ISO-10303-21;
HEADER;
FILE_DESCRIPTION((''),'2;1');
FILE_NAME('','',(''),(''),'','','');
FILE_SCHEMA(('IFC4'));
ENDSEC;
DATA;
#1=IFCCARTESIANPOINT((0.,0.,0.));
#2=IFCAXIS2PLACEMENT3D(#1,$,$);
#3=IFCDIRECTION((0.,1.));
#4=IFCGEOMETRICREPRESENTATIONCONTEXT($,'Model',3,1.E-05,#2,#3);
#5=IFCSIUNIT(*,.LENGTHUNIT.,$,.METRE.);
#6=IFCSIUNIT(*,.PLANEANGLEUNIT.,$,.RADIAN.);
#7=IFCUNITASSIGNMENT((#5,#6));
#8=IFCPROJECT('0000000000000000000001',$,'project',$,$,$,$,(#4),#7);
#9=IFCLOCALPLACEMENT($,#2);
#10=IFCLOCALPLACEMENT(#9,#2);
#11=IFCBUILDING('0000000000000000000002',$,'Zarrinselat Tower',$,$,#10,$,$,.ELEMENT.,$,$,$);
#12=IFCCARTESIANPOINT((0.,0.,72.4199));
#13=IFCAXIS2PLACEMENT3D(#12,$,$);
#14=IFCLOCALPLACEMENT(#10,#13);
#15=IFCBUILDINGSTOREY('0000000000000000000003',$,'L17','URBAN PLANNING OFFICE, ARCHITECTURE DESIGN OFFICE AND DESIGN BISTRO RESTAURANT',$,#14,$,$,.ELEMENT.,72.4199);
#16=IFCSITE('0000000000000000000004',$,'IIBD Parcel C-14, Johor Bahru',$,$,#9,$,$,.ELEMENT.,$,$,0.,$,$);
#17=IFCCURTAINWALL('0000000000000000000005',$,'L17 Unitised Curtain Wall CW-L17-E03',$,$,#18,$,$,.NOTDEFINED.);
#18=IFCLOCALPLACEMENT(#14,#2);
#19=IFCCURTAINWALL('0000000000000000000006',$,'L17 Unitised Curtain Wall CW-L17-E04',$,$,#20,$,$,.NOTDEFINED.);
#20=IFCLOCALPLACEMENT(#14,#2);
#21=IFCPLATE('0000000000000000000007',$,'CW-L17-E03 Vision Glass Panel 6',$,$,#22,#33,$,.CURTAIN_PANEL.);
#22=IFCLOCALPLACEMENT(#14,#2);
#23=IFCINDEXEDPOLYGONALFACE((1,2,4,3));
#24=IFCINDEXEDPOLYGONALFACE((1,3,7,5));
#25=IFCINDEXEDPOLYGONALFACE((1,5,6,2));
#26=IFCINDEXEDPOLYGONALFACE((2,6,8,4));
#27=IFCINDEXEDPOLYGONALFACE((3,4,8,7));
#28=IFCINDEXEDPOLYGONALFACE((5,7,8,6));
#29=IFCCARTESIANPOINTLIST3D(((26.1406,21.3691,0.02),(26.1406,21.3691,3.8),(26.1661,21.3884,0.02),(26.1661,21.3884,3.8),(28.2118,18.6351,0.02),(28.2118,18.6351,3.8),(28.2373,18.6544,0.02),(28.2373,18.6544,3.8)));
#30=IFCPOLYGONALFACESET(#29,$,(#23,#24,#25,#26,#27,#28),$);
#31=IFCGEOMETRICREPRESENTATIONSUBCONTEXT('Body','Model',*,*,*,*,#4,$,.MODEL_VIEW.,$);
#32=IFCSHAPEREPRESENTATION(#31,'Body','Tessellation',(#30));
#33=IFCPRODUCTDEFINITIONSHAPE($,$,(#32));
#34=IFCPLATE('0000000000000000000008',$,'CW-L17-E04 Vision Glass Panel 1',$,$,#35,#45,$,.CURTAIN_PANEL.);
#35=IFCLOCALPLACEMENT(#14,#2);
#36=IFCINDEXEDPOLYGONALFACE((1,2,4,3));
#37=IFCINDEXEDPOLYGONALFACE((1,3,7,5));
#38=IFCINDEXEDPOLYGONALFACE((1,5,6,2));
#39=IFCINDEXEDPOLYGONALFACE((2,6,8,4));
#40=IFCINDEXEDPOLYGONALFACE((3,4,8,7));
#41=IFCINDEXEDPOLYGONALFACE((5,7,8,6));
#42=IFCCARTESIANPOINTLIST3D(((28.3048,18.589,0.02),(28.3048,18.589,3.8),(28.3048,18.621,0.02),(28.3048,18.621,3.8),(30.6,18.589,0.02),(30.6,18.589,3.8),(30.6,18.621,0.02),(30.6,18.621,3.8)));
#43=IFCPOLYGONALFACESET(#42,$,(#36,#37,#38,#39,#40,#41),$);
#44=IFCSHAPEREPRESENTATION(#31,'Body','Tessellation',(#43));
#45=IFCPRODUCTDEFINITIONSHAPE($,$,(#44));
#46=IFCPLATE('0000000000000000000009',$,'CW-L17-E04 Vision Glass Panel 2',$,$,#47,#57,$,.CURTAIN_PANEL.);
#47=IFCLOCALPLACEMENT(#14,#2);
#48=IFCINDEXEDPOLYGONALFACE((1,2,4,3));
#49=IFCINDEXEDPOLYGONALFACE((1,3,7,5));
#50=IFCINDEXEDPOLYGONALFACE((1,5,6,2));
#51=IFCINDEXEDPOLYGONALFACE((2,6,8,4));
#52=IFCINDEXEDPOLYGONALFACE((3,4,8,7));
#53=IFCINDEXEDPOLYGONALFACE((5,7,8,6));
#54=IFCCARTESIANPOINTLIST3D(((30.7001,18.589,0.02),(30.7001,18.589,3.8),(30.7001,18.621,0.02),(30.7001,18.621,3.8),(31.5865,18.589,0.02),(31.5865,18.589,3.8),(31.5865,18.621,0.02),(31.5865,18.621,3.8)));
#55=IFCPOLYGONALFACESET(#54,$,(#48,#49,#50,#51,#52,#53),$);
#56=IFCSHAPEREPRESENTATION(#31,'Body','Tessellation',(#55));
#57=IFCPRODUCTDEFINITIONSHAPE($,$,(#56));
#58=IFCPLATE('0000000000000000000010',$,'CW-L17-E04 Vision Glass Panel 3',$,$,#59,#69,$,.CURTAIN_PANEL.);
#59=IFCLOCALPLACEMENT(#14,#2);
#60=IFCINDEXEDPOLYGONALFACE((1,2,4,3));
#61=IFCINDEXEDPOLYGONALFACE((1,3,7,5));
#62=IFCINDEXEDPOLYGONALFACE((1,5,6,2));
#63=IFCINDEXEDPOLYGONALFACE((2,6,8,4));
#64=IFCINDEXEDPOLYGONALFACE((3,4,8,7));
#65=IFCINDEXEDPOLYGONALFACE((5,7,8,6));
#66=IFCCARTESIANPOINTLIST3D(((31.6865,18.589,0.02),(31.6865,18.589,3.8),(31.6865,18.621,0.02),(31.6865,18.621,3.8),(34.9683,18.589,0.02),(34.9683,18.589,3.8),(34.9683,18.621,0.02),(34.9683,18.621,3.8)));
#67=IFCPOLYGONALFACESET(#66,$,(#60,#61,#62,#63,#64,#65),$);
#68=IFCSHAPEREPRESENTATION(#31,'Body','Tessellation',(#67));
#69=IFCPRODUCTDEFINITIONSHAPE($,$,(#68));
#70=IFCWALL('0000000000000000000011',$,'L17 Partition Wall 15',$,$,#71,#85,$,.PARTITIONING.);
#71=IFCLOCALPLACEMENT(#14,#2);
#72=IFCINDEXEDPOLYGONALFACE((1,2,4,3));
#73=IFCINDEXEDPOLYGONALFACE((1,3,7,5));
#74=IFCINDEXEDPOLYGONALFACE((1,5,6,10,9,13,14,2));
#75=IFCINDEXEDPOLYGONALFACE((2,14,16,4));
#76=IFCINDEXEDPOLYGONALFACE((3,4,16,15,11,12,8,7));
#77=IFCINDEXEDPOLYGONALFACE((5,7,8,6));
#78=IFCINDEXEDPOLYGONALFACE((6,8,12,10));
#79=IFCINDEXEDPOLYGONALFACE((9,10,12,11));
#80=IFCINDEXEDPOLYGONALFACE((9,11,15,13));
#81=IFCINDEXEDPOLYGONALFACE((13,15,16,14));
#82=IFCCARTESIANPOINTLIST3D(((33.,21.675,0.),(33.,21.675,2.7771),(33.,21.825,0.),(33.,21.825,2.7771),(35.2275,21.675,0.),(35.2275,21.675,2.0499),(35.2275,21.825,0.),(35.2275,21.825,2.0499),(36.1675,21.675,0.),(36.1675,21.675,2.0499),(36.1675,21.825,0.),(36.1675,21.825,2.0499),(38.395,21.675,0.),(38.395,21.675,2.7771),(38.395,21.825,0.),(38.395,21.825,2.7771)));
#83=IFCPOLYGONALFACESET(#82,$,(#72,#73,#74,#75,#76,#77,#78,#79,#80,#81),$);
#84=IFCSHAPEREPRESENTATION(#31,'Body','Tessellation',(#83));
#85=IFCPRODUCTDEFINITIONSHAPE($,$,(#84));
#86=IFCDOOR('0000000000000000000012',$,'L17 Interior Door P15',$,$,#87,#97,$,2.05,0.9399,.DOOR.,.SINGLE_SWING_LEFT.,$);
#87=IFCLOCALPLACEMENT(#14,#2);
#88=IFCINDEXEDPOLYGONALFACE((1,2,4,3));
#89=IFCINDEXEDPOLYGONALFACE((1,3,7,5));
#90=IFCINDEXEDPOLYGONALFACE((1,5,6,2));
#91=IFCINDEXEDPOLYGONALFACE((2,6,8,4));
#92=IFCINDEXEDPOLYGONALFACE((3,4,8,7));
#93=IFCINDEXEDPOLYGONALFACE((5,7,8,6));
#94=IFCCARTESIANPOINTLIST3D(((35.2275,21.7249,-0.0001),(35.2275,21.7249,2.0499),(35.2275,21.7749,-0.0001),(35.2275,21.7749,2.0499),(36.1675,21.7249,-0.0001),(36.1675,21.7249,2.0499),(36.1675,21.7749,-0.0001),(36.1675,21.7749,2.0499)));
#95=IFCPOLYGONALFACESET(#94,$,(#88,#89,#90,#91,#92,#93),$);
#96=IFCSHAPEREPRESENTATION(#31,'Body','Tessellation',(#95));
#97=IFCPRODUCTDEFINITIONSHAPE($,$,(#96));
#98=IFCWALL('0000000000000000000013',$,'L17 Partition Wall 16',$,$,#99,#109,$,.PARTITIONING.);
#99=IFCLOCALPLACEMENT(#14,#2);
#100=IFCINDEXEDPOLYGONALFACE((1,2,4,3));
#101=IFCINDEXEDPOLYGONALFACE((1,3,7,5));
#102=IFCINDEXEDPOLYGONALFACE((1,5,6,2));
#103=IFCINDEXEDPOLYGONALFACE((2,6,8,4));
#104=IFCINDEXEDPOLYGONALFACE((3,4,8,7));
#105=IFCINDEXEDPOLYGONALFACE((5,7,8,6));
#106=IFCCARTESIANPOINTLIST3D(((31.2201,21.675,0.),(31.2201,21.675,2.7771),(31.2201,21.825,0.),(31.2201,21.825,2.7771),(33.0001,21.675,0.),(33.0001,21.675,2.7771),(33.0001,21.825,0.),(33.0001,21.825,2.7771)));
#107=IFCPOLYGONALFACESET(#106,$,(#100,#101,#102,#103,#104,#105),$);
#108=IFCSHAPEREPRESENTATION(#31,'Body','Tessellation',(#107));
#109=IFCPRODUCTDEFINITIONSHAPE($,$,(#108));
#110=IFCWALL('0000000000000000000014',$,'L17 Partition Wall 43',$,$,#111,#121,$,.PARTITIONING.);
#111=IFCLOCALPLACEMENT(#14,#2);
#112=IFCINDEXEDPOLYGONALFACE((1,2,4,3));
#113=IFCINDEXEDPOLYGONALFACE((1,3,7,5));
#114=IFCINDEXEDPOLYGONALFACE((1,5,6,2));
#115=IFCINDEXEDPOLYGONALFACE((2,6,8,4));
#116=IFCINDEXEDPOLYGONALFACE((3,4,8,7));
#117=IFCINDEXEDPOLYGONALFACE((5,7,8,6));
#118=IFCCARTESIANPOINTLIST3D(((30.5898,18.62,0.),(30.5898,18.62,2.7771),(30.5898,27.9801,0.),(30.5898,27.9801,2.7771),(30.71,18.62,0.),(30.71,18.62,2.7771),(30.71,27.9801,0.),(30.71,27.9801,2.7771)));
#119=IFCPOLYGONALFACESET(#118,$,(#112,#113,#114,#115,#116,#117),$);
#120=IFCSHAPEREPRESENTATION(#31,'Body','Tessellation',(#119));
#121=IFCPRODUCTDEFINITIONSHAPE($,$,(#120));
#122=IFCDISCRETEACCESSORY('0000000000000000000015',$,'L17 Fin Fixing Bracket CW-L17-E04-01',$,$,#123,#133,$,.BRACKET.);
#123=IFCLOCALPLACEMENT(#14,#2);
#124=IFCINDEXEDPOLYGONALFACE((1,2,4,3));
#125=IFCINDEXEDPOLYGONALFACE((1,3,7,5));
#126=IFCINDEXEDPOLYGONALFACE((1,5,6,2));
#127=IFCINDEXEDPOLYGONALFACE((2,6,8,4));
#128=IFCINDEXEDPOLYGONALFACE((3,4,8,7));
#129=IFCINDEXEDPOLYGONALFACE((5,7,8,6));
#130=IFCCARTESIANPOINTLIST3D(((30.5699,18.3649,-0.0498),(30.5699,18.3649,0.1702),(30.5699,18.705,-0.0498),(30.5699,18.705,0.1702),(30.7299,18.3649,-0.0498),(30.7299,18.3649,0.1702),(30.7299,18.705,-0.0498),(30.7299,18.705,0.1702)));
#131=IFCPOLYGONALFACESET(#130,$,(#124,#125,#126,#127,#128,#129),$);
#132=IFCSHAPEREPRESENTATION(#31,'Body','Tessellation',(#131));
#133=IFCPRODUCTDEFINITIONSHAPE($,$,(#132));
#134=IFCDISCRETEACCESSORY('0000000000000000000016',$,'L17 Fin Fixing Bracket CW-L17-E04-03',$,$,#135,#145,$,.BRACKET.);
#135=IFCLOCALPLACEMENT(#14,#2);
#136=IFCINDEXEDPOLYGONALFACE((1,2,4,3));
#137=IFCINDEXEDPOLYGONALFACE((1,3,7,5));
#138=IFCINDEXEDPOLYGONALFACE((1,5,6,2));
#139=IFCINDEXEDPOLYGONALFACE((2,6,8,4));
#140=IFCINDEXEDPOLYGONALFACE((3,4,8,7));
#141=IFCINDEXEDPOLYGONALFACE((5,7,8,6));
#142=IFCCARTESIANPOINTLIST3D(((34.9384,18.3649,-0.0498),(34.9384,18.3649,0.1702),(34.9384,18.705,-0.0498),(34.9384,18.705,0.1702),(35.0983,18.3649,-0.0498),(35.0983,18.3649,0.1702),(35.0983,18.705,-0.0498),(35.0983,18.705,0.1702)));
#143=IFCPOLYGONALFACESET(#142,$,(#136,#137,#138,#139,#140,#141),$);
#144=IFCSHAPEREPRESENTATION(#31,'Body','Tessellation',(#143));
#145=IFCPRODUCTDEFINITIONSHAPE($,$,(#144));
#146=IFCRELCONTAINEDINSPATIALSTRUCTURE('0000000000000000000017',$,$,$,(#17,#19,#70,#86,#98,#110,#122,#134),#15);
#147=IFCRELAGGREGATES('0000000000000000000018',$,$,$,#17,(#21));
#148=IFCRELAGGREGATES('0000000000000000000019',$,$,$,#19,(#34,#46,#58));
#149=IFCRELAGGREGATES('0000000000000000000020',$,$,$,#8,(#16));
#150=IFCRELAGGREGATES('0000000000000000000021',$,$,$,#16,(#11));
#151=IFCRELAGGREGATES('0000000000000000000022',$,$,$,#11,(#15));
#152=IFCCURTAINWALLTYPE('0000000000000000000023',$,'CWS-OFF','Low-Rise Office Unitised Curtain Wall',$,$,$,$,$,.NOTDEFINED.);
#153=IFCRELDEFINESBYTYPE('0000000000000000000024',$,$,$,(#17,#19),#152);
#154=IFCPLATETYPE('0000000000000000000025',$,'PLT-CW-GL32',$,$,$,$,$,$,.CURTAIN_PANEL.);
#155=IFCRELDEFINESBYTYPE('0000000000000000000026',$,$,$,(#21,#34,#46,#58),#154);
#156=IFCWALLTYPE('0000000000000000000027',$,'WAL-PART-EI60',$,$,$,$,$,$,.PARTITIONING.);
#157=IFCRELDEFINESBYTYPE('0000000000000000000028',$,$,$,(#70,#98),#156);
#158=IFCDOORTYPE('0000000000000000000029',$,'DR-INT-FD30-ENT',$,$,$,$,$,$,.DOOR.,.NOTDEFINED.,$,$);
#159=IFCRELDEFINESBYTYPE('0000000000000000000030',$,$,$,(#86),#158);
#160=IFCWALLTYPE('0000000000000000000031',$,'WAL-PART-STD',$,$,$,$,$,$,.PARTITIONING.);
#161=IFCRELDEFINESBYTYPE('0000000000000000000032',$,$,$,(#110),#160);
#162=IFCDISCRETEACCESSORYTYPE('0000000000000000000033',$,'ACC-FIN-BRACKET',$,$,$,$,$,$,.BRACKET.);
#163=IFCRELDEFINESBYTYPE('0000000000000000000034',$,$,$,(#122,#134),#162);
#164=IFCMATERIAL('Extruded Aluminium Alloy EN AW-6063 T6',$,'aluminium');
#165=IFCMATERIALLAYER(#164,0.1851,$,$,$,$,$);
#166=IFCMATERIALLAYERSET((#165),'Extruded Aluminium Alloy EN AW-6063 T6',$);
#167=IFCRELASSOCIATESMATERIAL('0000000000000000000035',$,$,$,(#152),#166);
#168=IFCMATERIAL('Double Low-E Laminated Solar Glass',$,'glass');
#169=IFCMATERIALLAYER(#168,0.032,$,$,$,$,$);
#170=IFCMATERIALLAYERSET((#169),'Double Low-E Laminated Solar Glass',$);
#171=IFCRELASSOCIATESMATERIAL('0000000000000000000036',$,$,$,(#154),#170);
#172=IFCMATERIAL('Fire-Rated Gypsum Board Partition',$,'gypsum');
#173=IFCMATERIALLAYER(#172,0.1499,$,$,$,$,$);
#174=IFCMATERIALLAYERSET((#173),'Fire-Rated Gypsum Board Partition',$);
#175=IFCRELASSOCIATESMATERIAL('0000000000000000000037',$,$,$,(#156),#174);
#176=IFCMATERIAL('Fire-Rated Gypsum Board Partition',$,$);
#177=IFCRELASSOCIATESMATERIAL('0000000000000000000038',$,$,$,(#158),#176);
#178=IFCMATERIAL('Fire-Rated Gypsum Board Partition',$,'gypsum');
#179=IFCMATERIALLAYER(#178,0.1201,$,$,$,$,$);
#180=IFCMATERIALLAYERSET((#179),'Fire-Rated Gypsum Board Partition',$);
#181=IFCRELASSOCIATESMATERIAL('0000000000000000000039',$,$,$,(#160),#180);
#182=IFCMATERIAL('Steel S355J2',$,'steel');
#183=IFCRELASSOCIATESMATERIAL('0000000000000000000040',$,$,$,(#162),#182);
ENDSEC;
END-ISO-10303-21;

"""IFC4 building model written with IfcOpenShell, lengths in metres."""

from ifc_helpers import new_model, si_unit, direction, frame, frame_2d, origin, origin_2d, place, context, subcontext, project, spatial, rectangle, extrude, material, layer, layer_set, type_object, element, fill, aggregate, save


model = new_model("IFC4")

# Units and contexts
model_context = context("Model", 3, precision=1e-05, world=origin(), true_north=direction((0.0, 1.0)))
body_context = subcontext(model_context, "Body", "Model", "MODEL_VIEW")
ifc_project = project(units=[si_unit("LENGTHUNIT", "METRE"), si_unit("PLANEANGLEUNIT", "RADIAN")], contexts=[model_context])

# Site, building, storey
site_placement = place(None, origin())
site = spatial("IfcSite", under=ifc_project, at=site_placement, Name="IIBD Parcel C-14, Johor Bahru", CompositionType="ELEMENT", RefElevation=0.0)
building_placement = place(site_placement, origin())
building = spatial("IfcBuilding", under=site, at=building_placement, Name="Zarrinselat Tower", CompositionType="ELEMENT")
storey_placement = place(building_placement, frame((0.0, 0.0, 72.4199)))
storey = spatial("IfcBuildingStorey", under=building, at=storey_placement, Name="L17", Description="URBAN PLANNING OFFICE, ARCHITECTURE DESIGN OFFICE AND DESIGN BISTRO RESTAURANT", CompositionType="ELEMENT", Elevation=72.4199)

# Curtain wall
ifc_material_1 = material(Name="Extruded Aluminium Alloy EN AW-6063 T6", Category="aluminium")
ifc_layer_1 = layer(ifc_material_1, 0.1851)
ifc_layer_set_1 = layer_set([ifc_layer_1], Name="Extruded Aluminium Alloy EN AW-6063 T6")
curtain_wall_type = type_object("IfcCurtainWallType", Name="CWS-OFF", Description="Low-Rise Office Unitised Curtain Wall", PredefinedType="NOTDEFINED", material=ifc_layer_set_1)
curtain_wall_1_placement = place(storey_placement, origin())
curtain_wall_1 = element("IfcCurtainWall", 1, at=curtain_wall_1_placement, inside=storey, type_object=curtain_wall_type, Name="L17 Unitised Curtain Wall CW-L17-E03", PredefinedType="NOTDEFINED")

# Curtain wall
curtain_wall_2_placement = place(storey_placement, origin())
curtain_wall_2 = element("IfcCurtainWall", 2, at=curtain_wall_2_placement, inside=storey, type_object=curtain_wall_type, Name="L17 Unitised Curtain Wall CW-L17-E04", PredefinedType="NOTDEFINED")

# Plates
ifc_material_2 = material(Name="Double Low-E Laminated Solar Glass", Category="glass")
ifc_layer_2 = layer(ifc_material_2, 0.032)
ifc_layer_set_2 = layer_set([ifc_layer_2], Name="Double Low-E Laminated Solar Glass")
plate_type = type_object("IfcPlateType", Name="PLT-CW-GL32", PredefinedType="CURTAIN_PANEL", material=ifc_layer_set_2)
plate_1_placement = place(storey_placement, frame((27.189, 20.0117, 0.02), z_axis=(0.0, 0.0, 1.0), x_axis=(0.603855, -0.797094, 0.0)))
plate_1 = element("IfcPlate", 3, at=plate_1_placement, type_object=plate_type, Name="CW-L17-E03 Vision Glass Panel 6", PredefinedType="CURTAIN_PANEL", context=body_context, shape_type="SweptSolid", body=[
    extrude(rectangle(XDim=3.4299, YDim=0.032, at=origin_2d()), origin(), (0.0, 0.0, 1.0), 3.78),
])
aggregate(curtain_wall_1, [plate_1])
plate_2_placement = place(storey_placement, frame((29.4524, 18.605, 0.02), z_axis=(0.0, 0.0, 1.0), x_axis=(1.0, 0.0, 0.0)))
plate_2 = element("IfcPlate", 4, at=plate_2_placement, type_object=plate_type, Name="CW-L17-E04 Vision Glass Panel 1", PredefinedType="CURTAIN_PANEL", context=body_context, shape_type="SweptSolid", body=[
    extrude(rectangle(XDim=2.2952, YDim=0.032, at=origin_2d()), origin(), (0.0, 0.0, 1.0), 3.78),
])
plate_3_placement = place(storey_placement, frame((31.1433, 18.605, 0.02), z_axis=(0.0, 0.0, 1.0), x_axis=(1.0, 0.0, 0.0)))
plate_3 = element("IfcPlate", 5, at=plate_3_placement, type_object=plate_type, Name="CW-L17-E04 Vision Glass Panel 2", PredefinedType="CURTAIN_PANEL", context=body_context, shape_type="SweptSolid", body=[
    extrude(rectangle(XDim=0.8865, YDim=0.032, at=origin_2d()), origin(), (0.0, 0.0, 1.0), 3.78),
])
plate_4_placement = place(storey_placement, frame((33.3274, 18.605, 0.02), z_axis=(0.0, 0.0, 1.0), x_axis=(1.0, 0.0, 0.0)))
plate_4 = element("IfcPlate", 6, at=plate_4_placement, type_object=plate_type, Name="CW-L17-E04 Vision Glass Panel 3", PredefinedType="CURTAIN_PANEL", context=body_context, shape_type="SweptSolid", body=[
    extrude(rectangle(XDim=3.2817, YDim=0.032, at=origin_2d()), origin(), (0.0, 0.0, 1.0), 3.78),
])
aggregate(curtain_wall_2, [plate_2, plate_3, plate_4])

# Wall, opening, door
ifc_material_3 = material(Name="Fire-Rated Gypsum Board Partition", Category="gypsum")
ifc_layer_3 = layer(ifc_material_3, 0.1499)
ifc_layer_set_3 = layer_set([ifc_layer_3], Name="Fire-Rated Gypsum Board Partition")
wall_type_1 = type_object("IfcWallType", Name="WAL-PART-EI60", PredefinedType="PARTITIONING", material=ifc_layer_set_3)
wall_1_placement = place(storey_placement, frame((33.0, 21.75, 0.0), z_axis=(0.0, 0.0, 1.0), x_axis=(1.0, 0.0, 0.0)))
wall_1 = element("IfcWall", 7, at=wall_1_placement, inside=storey, type_object=wall_type_1, Name="L17 Partition Wall 15", PredefinedType="PARTITIONING", context=body_context, shape_type="SweptSolid", body=[
    extrude(rectangle(XDim=5.395, YDim=0.1499, at=frame_2d((2.6975, 0.0))), origin(), (0.0, 0.0, 1.0), 2.7771),
])
opening_placement = place(wall_1_placement, frame((2.2275, 0.0, 0.0)))
opening = element("IfcOpeningElement", 8, at=opening_placement, cuts=wall_1, PredefinedType="OPENING", context=body_context, shape_type="SweptSolid", body=[
    extrude(rectangle(XDim=0.9399, YDim=2.05, at=frame_2d((0.47, 1.0249))), frame((0.0, 0.085, 0.0), z_axis=(0.0, -1.0, 0.0), x_axis=(1.0, 0.0, 0.0)), (0.0, 0.0, 1.0), 0.1699),
])
ifc_material_4 = material(Name="Fire-Rated Gypsum Board Partition")
door_type = type_object("IfcDoorType", Name="DR-INT-FD30-ENT", OperationType="NOTDEFINED", PredefinedType="DOOR", material=ifc_material_4)
door_placement = place(opening_placement, origin())
door = element("IfcDoor", 9, at=door_placement, inside=storey, type_object=door_type, Name="L17 Interior Door P15", OperationType="SINGLE_SWING_LEFT", OverallHeight=2.05, OverallWidth=0.9399, PredefinedType="DOOR", context=body_context, shape_type="SweptSolid", body=[
    extrude(rectangle(XDim=0.9399, YDim=2.05, at=frame_2d((0.47, 1.0249))), frame((0.0, 0.0249, 0.0), z_axis=(0.0, -1.0, 0.0), x_axis=(1.0, 0.0, 0.0)), (0.0, 0.0, 1.0), 0.05),
])
fill(opening, door)

# Walls
wall_2_placement = place(storey_placement, frame((31.22, 21.75, 0.0), z_axis=(0.0, 0.0, 1.0), x_axis=(1.0, 0.0, 0.0)))
element("IfcWall", 10, at=wall_2_placement, inside=storey, type_object=wall_type_1, Name="L17 Partition Wall 16", PredefinedType="PARTITIONING", context=body_context, shape_type="SweptSolid", body=[
    extrude(rectangle(XDim=1.78, YDim=0.1499, at=frame_2d((0.8901, 0.0))), origin(), (0.0, 0.0, 1.0), 2.7771),
])
ifc_material_5 = material(Name="Fire-Rated Gypsum Board Partition", Category="gypsum")
ifc_layer_4 = layer(ifc_material_5, 0.1201)
ifc_layer_set_4 = layer_set([ifc_layer_4], Name="Fire-Rated Gypsum Board Partition")
wall_type_2 = type_object("IfcWallType", Name="WAL-PART-STD", PredefinedType="PARTITIONING", material=ifc_layer_set_4)
wall_3_placement = place(storey_placement, frame((30.6499, 18.6199, 0.0), z_axis=(0.0, 0.0, 1.0), x_axis=(0.0, 1.0, 0.0)))
element("IfcWall", 11, at=wall_3_placement, inside=storey, type_object=wall_type_2, Name="L17 Partition Wall 43", PredefinedType="PARTITIONING", context=body_context, shape_type="SweptSolid", body=[
    extrude(rectangle(XDim=9.3601, YDim=0.1201, at=frame_2d((4.6802, 0.0))), origin(), (0.0, 0.0, 1.0), 2.7771),
])

# Discrete accessories
ifc_material_6 = material(Name="Steel S355J2", Category="steel")
discrete_accessory_type = type_object("IfcDiscreteAccessoryType", Name="ACC-FIN-BRACKET", PredefinedType="BRACKET", material=ifc_material_6)
for number, where, z_axis, x_axis, name in (
    (12, (30.6499, 18.5349, -0.0498), (0.0, 0.0, 1.0), (0.0, -1.0, 0.0), "L17 Fin Fixing Bracket CW-L17-E04-01"),
    (13, (35.0183, 18.5349, -0.0498), (0.0, 0.0, 1.0), (0.0, -1.0, 0.0), "L17 Fin Fixing Bracket CW-L17-E04-03"),
):
    element("IfcDiscreteAccessory", number, at=place(storey_placement, frame(where, z_axis=z_axis, x_axis=x_axis)), inside=storey, type_object=discrete_accessory_type, Name=name, PredefinedType="BRACKET", context=body_context, shape_type="SweptSolid", body=[
        extrude(rectangle(XDim=0.3401, YDim=0.1599, at=origin_2d()), origin(), (0.0, 0.0, 1.0), 0.22),
    ])

save(model, "model.ifc")
